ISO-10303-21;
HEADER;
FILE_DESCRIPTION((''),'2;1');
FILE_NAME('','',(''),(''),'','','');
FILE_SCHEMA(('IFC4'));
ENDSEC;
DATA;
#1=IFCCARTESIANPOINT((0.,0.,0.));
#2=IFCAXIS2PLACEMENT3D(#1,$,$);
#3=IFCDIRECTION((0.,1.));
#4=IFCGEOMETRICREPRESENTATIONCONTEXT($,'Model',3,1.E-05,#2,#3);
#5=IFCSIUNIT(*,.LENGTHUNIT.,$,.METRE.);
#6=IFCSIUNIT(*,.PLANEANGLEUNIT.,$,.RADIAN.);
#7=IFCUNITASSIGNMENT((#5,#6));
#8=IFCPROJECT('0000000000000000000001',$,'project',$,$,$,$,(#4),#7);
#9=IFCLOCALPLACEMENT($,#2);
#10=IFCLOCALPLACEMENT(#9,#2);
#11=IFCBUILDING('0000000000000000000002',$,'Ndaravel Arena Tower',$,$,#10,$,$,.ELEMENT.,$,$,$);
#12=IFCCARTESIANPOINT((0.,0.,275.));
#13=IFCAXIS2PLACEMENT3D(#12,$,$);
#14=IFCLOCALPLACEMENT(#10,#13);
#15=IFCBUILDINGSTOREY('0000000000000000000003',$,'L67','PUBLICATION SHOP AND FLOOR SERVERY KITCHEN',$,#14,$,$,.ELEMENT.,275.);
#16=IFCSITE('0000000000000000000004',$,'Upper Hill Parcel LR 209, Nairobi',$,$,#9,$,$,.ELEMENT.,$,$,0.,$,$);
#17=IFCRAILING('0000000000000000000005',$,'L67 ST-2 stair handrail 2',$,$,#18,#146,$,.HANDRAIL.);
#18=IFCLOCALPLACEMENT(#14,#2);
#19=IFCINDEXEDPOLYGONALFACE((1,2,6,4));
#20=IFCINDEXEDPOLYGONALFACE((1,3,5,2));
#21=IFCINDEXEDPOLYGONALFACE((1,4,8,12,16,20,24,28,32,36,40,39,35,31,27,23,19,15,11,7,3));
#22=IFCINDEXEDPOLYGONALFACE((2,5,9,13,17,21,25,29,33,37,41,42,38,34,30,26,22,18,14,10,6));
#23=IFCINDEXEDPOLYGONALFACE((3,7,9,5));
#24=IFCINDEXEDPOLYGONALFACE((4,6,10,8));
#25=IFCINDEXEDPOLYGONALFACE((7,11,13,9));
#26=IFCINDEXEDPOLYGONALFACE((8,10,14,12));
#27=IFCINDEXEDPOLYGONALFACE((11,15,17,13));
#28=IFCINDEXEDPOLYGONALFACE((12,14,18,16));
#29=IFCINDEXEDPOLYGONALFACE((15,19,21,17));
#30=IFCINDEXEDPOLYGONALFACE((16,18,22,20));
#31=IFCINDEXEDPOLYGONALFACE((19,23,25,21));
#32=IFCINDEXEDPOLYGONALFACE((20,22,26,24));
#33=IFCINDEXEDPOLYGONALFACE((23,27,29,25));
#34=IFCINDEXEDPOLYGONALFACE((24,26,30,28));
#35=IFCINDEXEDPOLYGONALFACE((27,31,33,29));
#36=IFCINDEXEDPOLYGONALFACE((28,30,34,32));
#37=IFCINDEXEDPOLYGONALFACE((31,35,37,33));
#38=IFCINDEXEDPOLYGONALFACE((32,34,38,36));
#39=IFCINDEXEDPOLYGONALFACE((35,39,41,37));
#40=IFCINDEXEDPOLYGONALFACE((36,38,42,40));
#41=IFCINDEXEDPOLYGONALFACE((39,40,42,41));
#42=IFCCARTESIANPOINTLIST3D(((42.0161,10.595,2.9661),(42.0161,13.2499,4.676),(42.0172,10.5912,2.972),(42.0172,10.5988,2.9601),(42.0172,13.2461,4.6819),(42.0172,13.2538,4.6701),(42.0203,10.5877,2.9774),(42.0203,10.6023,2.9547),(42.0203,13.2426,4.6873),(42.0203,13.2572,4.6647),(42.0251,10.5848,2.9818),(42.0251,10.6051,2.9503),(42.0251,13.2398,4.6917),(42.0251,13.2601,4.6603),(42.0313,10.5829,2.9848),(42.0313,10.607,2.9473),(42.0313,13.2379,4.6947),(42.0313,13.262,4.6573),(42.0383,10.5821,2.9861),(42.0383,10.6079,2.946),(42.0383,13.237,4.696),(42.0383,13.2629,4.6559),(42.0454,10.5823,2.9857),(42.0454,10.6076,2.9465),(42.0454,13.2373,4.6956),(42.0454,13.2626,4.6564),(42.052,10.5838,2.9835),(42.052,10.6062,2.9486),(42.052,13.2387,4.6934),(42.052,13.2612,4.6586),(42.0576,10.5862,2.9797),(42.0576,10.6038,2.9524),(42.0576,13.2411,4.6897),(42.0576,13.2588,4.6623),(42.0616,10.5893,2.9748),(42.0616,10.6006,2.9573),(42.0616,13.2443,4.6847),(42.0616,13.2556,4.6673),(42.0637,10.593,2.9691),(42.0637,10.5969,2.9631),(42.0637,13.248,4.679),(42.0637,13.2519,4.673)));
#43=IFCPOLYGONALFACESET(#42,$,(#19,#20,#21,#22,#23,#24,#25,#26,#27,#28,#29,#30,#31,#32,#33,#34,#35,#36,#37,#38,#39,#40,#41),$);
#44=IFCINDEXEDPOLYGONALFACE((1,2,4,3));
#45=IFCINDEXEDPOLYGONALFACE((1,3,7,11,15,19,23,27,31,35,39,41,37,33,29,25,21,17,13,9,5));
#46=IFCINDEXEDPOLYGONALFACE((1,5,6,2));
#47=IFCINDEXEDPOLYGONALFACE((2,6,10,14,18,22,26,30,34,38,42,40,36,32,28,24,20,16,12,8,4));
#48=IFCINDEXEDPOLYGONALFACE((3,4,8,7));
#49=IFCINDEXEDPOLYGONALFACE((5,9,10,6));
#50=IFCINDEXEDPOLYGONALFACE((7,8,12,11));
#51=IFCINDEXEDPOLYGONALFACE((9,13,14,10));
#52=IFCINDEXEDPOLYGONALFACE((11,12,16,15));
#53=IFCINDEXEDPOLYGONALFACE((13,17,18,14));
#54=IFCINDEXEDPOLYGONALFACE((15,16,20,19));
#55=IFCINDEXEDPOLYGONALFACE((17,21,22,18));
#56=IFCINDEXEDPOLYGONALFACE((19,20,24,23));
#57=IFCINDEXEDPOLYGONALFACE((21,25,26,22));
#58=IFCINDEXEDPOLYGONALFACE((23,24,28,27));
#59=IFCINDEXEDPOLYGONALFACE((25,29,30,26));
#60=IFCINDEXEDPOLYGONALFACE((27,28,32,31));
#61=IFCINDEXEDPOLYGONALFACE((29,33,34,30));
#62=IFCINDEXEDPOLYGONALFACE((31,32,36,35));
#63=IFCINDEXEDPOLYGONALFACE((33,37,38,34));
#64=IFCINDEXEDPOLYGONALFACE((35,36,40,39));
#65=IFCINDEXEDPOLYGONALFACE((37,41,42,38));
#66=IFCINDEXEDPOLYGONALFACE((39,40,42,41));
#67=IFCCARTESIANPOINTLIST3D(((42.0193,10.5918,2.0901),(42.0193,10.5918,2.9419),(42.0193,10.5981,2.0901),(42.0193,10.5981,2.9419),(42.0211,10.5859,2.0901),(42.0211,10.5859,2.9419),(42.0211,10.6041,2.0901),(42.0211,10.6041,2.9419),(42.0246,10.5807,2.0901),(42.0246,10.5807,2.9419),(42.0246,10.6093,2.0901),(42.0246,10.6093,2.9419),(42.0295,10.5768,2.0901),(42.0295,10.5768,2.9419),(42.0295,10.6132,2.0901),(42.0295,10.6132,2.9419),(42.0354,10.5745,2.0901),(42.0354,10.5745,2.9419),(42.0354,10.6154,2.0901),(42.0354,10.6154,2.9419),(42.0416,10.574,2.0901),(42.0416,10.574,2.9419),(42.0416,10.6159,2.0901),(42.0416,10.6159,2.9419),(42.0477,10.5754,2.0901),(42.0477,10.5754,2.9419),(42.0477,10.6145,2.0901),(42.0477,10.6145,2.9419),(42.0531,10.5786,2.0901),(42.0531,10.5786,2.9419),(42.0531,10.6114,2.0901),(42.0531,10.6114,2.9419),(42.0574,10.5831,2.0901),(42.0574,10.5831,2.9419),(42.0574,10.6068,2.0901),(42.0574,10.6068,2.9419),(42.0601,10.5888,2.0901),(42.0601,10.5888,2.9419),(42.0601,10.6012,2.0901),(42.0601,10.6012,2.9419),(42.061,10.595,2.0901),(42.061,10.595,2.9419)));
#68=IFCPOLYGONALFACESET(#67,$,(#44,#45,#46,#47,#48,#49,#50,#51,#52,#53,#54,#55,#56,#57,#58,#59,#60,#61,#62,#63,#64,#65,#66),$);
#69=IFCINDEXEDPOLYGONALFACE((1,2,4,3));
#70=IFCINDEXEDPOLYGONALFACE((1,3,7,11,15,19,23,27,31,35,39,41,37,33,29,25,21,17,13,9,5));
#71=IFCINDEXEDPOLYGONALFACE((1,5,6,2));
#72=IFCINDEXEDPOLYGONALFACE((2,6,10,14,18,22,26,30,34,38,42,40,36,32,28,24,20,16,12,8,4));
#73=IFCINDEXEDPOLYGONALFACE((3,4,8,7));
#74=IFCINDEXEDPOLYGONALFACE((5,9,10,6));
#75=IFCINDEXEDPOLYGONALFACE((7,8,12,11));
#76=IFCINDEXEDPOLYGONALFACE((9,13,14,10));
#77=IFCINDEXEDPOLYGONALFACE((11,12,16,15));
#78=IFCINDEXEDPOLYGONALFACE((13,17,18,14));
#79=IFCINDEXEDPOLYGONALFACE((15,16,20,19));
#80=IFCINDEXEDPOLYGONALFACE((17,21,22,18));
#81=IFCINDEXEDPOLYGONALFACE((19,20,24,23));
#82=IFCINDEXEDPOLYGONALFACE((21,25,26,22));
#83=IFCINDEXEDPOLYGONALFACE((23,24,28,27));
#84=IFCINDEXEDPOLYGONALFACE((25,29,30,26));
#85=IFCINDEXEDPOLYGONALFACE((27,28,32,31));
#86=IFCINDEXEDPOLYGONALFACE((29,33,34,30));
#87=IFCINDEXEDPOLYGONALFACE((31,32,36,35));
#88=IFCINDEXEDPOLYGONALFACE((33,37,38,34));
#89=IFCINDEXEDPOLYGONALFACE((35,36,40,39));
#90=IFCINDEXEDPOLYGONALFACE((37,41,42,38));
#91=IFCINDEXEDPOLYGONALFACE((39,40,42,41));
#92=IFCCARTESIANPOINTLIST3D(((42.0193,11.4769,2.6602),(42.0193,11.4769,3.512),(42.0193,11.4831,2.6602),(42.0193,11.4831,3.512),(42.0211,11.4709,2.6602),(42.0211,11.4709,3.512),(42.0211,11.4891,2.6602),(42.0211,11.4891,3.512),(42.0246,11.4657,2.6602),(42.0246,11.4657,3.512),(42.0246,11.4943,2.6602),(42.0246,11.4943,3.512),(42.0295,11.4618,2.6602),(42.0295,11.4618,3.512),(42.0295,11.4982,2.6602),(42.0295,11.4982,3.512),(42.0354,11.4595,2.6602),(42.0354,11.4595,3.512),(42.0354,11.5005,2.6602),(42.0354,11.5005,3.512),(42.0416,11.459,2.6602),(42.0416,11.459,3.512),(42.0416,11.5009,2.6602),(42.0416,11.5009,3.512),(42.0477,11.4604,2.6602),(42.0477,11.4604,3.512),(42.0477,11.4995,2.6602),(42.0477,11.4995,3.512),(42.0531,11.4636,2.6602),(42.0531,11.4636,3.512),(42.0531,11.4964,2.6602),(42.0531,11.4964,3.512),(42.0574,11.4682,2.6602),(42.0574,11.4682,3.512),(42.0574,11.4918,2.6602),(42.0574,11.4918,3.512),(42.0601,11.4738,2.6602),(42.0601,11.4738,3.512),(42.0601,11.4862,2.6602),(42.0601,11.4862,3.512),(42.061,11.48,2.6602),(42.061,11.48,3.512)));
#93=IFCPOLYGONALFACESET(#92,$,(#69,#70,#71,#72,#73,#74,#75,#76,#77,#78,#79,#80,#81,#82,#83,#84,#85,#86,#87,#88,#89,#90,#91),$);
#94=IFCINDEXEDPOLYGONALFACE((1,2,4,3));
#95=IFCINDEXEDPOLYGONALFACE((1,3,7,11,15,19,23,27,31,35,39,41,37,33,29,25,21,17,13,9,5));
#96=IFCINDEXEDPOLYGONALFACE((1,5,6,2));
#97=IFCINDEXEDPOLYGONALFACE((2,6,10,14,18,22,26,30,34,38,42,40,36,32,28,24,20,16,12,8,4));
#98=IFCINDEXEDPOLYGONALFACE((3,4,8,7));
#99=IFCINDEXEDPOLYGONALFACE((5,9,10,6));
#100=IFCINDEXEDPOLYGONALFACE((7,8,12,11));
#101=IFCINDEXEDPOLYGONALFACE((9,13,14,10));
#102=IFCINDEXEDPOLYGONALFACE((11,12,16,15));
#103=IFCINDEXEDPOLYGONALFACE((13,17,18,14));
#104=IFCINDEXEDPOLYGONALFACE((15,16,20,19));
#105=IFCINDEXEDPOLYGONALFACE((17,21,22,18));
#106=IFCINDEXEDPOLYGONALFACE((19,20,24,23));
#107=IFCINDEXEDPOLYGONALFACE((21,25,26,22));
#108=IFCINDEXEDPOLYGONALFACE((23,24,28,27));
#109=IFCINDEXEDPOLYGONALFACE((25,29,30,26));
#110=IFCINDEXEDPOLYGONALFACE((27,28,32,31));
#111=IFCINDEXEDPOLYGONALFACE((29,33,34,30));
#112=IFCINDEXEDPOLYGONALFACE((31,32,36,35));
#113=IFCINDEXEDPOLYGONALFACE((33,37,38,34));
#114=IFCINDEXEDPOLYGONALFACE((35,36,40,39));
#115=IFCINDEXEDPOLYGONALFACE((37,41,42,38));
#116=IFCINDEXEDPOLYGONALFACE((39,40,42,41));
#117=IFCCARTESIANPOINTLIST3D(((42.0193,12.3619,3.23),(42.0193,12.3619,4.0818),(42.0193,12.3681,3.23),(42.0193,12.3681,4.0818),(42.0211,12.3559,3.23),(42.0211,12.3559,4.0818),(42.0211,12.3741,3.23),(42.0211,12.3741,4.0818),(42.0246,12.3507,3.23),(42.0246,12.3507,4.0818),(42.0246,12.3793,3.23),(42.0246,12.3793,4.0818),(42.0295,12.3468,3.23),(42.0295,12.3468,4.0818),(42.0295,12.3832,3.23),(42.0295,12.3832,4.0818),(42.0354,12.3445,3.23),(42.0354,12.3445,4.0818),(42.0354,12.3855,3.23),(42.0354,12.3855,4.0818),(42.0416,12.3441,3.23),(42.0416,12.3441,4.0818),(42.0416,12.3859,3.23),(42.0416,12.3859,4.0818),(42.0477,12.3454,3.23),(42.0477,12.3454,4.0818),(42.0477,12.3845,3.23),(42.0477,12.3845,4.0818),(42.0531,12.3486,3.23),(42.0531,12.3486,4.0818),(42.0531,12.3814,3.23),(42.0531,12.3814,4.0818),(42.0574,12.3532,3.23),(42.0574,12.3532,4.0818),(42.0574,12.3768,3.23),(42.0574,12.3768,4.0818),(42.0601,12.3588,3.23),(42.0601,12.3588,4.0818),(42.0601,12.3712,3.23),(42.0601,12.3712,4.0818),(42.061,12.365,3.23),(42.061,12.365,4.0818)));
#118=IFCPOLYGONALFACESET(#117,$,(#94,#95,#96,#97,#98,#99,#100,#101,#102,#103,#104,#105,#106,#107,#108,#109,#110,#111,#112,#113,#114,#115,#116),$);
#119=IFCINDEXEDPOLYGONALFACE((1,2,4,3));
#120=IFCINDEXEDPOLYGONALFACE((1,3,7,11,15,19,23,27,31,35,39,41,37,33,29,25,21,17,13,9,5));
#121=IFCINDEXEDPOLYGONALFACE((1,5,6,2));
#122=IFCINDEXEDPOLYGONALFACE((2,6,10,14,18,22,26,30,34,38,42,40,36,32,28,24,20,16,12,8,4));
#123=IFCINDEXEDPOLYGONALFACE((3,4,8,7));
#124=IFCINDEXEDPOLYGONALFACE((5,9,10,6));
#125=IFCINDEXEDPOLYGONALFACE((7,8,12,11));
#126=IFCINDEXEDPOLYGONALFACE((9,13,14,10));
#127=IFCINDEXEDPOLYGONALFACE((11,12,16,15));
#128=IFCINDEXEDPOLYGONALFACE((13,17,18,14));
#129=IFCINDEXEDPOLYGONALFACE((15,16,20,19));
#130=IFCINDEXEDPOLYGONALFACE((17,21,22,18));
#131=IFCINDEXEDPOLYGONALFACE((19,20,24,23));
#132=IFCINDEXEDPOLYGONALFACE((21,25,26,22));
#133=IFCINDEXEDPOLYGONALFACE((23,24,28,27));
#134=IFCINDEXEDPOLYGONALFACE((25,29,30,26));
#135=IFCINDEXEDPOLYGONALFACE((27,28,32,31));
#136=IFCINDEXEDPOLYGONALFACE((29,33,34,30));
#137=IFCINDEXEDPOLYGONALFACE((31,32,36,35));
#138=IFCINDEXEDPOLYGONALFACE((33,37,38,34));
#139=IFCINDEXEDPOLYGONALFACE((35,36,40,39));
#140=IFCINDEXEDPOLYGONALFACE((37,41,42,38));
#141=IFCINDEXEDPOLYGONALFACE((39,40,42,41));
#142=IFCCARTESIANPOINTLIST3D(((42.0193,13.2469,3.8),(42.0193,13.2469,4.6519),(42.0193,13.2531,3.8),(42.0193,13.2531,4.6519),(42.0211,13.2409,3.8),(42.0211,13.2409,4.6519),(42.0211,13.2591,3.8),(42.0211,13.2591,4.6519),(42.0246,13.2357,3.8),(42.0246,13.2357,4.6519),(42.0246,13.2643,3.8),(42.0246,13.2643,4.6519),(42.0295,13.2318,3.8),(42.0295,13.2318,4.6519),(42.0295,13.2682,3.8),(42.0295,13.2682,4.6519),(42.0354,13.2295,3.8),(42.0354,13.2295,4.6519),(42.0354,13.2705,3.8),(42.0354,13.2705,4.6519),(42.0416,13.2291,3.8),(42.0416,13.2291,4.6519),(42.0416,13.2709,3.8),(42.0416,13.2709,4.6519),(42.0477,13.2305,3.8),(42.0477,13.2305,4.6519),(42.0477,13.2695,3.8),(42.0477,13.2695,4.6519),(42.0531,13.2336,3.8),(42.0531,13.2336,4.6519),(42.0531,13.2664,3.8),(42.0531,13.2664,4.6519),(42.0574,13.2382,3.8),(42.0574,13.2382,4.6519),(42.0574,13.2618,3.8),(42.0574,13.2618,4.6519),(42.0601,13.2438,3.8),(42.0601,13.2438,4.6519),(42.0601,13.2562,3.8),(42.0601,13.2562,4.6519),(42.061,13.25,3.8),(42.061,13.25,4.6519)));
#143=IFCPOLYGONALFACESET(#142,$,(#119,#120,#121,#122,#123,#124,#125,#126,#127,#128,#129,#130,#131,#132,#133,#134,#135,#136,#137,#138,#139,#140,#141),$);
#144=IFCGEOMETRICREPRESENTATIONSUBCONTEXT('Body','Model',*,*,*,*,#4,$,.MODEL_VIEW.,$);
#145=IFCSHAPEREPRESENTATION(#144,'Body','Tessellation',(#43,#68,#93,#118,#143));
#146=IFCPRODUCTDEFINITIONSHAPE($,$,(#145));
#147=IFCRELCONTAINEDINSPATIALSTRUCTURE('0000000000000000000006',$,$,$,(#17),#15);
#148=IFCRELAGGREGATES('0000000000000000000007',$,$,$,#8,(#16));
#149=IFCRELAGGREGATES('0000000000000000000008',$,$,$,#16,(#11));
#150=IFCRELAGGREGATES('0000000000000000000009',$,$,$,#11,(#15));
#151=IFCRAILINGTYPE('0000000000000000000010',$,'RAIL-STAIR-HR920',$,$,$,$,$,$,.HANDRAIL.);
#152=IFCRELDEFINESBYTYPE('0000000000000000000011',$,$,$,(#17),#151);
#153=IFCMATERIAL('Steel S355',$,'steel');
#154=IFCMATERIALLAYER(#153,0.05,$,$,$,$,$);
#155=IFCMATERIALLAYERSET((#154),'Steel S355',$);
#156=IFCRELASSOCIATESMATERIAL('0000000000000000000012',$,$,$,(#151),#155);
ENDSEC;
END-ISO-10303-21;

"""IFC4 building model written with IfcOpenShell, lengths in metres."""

from ifc_helpers import new_model, si_unit, direction, frame, origin, origin_2d, place, context, subcontext, project, spatial, circle, extrude, material, layer, layer_set, type_object, element, save


model = new_model("IFC4")

# Units and contexts
model_context = context("Model", 3, precision=1e-05, world=origin(), true_north=direction((0.0, 1.0)))
body_context = subcontext(model_context, "Body", "Model", "MODEL_VIEW")
ifc_project = project(units=[si_unit("LENGTHUNIT", "METRE"), si_unit("PLANEANGLEUNIT", "RADIAN")], contexts=[model_context])

# Site, building, storey
site_placement = place(None, origin())
site = spatial("IfcSite", under=ifc_project, at=site_placement, Name="Upper Hill Parcel LR 209, Nairobi", CompositionType="ELEMENT", RefElevation=0.0)
building_placement = place(site_placement, origin())
building = spatial("IfcBuilding", under=site, at=building_placement, Name="Ndaravel Arena Tower", CompositionType="ELEMENT")
storey_placement = place(building_placement, frame((0.0, 0.0, 275.0)))
storey = spatial("IfcBuildingStorey", under=building, at=storey_placement, Name="L67", Description="PUBLICATION SHOP AND FLOOR SERVERY KITCHEN", CompositionType="ELEMENT", Elevation=275.0)

# Railing
ifc_material_1 = material(Name="Steel S355", Category="steel")
ifc_layer_1 = layer(ifc_material_1, 0.05)
ifc_layer_set_1 = layer_set([ifc_layer_1], Name="Steel S355")
railing_type_1 = type_object("IfcRailingType", Name="RAIL-STAIR-HR920", PredefinedType="HANDRAIL", material=ifc_layer_set_1)
railing_1_placement = place(storey_placement, frame((42.04, 10.595, 2.0901)))
element("IfcRailing", 1, at=railing_1_placement, inside=storey, type_object=railing_type_1, Name="L67 ST-2 stair handrail 2", PredefinedType="HANDRAIL", context=body_context, shape_type="SweptSolid", body=[
    extrude(circle(Radius=0.0239, at=origin_2d()), frame((0.0, 0.0, 0.876), z_axis=(0.0, 0.840724, 0.541465), x_axis=(-1.0, 0.0, 0.0)), (0.0, 0.0, 1.0), 3.158),
    extrude(circle(Radius=0.021, at=origin_2d()), origin(), (0.0, 0.0, 1.0), 0.8518),
    extrude(circle(Radius=0.021, at=origin_2d()), frame((0.0, 0.885, 0.5701)), (0.0, 0.0, 1.0), 0.8518),
    extrude(circle(Radius=0.021, at=origin_2d()), frame((0.0, 1.77, 1.1399)), (0.0, 0.0, 1.0), 0.8518),
    extrude(circle(Radius=0.021, at=origin_2d()), frame((0.0, 2.655, 1.71)), (0.0, 0.0, 1.0), 0.8518),
])

save(model, "model.ifc")
